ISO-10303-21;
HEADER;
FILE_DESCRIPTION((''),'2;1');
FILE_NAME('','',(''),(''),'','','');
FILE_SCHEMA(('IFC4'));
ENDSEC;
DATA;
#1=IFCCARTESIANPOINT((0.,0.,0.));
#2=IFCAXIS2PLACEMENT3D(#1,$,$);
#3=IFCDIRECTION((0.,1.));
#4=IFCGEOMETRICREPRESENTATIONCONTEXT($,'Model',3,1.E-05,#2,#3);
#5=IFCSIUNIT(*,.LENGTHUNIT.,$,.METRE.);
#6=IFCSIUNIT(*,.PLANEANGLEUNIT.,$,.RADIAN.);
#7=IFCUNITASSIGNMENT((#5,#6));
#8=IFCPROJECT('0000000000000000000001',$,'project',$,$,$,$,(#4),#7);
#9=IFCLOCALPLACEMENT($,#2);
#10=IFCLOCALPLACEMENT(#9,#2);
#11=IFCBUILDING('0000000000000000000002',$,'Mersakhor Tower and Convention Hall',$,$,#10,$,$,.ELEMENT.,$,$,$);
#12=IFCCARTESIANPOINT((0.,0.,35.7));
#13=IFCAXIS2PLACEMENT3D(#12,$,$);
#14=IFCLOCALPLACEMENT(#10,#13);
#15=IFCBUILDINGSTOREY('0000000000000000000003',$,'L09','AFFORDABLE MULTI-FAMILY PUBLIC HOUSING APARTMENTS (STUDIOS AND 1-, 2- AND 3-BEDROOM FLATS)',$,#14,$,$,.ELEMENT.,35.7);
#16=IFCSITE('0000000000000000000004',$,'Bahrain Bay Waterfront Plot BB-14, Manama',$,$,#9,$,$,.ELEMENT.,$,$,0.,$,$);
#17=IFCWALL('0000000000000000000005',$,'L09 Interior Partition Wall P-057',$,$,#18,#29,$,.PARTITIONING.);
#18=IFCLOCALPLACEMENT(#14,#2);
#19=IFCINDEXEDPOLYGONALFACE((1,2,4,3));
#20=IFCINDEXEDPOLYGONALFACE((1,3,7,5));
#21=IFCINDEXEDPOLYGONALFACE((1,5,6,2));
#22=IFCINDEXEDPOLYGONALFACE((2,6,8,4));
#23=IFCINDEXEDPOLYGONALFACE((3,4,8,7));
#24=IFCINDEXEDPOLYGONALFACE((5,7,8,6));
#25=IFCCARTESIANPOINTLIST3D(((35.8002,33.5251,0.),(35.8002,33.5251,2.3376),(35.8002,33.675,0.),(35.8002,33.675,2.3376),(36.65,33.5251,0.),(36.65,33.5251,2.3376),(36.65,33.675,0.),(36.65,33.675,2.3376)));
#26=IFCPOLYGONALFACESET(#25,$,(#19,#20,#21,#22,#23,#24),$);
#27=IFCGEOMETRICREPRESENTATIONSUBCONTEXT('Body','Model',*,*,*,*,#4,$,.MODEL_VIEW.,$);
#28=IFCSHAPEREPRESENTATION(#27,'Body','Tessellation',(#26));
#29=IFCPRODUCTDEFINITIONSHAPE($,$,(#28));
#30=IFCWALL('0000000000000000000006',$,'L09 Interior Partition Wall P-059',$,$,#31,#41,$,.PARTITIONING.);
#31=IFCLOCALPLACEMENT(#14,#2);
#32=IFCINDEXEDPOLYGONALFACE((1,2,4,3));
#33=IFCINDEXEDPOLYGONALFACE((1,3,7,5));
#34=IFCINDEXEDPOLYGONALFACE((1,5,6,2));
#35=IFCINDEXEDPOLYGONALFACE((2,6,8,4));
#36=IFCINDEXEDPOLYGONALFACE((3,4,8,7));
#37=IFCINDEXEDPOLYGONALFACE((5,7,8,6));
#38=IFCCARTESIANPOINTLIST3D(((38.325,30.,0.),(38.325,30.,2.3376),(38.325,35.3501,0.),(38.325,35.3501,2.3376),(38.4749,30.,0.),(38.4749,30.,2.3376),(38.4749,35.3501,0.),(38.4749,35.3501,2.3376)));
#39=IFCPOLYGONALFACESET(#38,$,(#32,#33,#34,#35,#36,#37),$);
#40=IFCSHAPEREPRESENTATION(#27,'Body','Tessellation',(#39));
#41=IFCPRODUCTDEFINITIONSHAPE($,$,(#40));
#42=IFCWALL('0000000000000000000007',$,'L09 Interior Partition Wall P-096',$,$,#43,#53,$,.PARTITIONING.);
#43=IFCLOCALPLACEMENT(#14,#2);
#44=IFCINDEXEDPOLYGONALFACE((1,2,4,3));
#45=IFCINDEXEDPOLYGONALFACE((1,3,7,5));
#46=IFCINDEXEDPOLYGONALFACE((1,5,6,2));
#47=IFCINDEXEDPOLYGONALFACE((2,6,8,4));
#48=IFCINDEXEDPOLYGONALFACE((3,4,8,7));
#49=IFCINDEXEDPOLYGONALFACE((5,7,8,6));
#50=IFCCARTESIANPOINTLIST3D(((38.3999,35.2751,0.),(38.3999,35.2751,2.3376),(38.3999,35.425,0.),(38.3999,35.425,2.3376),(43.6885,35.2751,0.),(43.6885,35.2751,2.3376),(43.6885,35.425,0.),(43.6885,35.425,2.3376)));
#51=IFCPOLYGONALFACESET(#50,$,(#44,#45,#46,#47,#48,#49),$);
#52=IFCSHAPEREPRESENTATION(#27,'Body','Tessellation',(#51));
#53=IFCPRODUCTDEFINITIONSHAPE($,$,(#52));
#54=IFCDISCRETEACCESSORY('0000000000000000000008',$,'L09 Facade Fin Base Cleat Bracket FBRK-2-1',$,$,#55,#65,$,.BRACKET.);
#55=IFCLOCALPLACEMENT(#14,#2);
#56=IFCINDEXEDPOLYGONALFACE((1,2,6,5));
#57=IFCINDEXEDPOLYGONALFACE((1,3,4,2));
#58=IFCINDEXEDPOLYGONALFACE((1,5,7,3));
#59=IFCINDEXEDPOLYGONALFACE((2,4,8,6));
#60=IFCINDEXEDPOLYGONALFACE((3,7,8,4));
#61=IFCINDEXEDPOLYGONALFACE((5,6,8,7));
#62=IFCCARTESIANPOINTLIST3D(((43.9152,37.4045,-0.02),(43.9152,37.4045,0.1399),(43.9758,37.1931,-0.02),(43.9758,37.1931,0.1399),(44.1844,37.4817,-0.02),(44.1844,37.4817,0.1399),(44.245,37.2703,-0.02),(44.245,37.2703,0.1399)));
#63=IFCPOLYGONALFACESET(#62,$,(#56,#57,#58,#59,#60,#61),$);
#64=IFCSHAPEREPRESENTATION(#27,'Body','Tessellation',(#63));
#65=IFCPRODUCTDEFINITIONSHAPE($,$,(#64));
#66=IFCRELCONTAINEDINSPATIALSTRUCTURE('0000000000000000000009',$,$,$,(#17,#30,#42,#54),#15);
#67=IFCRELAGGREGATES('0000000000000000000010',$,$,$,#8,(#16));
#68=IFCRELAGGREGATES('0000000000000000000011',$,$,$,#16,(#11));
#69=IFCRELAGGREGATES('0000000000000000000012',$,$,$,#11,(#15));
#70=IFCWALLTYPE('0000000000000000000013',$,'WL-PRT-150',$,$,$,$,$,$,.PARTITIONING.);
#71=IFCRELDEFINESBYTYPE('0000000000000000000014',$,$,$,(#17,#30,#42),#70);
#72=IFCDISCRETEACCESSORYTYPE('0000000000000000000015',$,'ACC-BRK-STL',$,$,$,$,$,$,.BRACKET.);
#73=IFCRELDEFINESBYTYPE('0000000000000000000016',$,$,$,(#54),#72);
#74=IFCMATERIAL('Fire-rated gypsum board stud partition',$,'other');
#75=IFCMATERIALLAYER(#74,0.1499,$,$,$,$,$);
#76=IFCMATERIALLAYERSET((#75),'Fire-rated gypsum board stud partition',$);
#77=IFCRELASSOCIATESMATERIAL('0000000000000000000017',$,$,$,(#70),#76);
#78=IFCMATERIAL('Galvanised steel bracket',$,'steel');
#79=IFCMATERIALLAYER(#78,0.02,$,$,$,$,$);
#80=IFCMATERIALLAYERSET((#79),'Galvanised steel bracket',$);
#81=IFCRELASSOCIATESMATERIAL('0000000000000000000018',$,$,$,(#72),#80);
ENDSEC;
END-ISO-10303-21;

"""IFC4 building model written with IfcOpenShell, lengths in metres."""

from ifc_helpers import new_model, si_unit, direction, frame, frame_2d, origin, origin_2d, place, context, subcontext, project, spatial, rectangle, extrude, material, layer, layer_set, type_object, element, save


model = new_model("IFC4")

# Units and contexts
model_context = context("Model", 3, precision=1e-05, world=origin(), true_north=direction((0.0, 1.0)))
body_context = subcontext(model_context, "Body", "Model", "MODEL_VIEW")
ifc_project = project(units=[si_unit("LENGTHUNIT", "METRE"), si_unit("PLANEANGLEUNIT", "RADIAN")], contexts=[model_context])

# Site, building, storey
site_placement = place(None, origin())
site = spatial("IfcSite", under=ifc_project, at=site_placement, Name="Bahrain Bay Waterfront Plot BB-14, Manama", CompositionType="ELEMENT", RefElevation=0.0)
building_placement = place(site_placement, origin())
building = spatial("IfcBuilding", under=site, at=building_placement, Name="Mersakhor Tower and Convention Hall", CompositionType="ELEMENT")
storey_placement = place(building_placement, frame((0.0, 0.0, 35.7)))
storey = spatial("IfcBuildingStorey", under=building, at=storey_placement, Name="L09", Description="AFFORDABLE MULTI-FAMILY PUBLIC HOUSING APARTMENTS (STUDIOS AND 1-, 2- AND 3-BEDROOM FLATS)", CompositionType="ELEMENT", Elevation=35.7)

# Walls
ifc_material_1 = material(Name="Fire-rated gypsum board stud partition", Category="other")
ifc_layer_1 = layer(ifc_material_1, 0.1499)
ifc_layer_set_1 = layer_set([ifc_layer_1], Name="Fire-rated gypsum board stud partition")
wall_type_1 = type_object("IfcWallType", Name="WL-PRT-150", PredefinedType="PARTITIONING", material=ifc_layer_set_1)
wall_1_placement = place(storey_placement, frame((36.6499, 33.6001, 0.0), z_axis=(0.0, 0.0, 1.0), x_axis=(-1.0, 0.0, 0.0)))
element("IfcWall", 1, at=wall_1_placement, inside=storey, type_object=wall_type_1, Name="L09 Interior Partition Wall P-057", PredefinedType="PARTITIONING", context=body_context, shape_type="SweptSolid", body=[
    extrude(rectangle(XDim=0.8499, YDim=0.1499, at=frame_2d((0.4248, 0.0))), origin(), (0.0, 0.0, 1.0), 2.3376),
])
wall_2_placement = place(storey_placement, frame((38.3999, 35.3501, 0.0), z_axis=(0.0, 0.0, 1.0), x_axis=(0.0, -1.0, 0.0)))
element("IfcWall", 2, at=wall_2_placement, inside=storey, type_object=wall_type_1, Name="L09 Interior Partition Wall P-059", PredefinedType="PARTITIONING", context=body_context, shape_type="SweptSolid", body=[
    extrude(rectangle(XDim=5.3501, YDim=0.1499, at=frame_2d((2.675, 0.0))), origin(), (0.0, 0.0, 1.0), 2.3376),
])
wall_3_placement = place(storey_placement, frame((43.6885, 35.3501, 0.0), z_axis=(0.0, 0.0, 1.0), x_axis=(-1.0, 0.0, 0.0)))
element("IfcWall", 3, at=wall_3_placement, inside=storey, type_object=wall_type_1, Name="L09 Interior Partition Wall P-096", PredefinedType="PARTITIONING", context=body_context, shape_type="SweptSolid", body=[
    extrude(rectangle(XDim=5.2886, YDim=0.1499, at=frame_2d((2.6443, 0.0))), origin(), (0.0, 0.0, 1.0), 2.3376),
])

# Discrete accessory
ifc_material_2 = material(Name="Galvanised steel bracket", Category="steel")
ifc_layer_2 = layer(ifc_material_2, 0.02)
ifc_layer_set_2 = layer_set([ifc_layer_2], Name="Galvanised steel bracket")
discrete_accessory_type = type_object("IfcDiscreteAccessoryType", Name="ACC-BRK-STL", PredefinedType="BRACKET", material=ifc_layer_set_2)
discrete_accessory_placement = place(storey_placement, frame((44.0801, 37.3374, -0.02), z_axis=(0.0, 0.0, 1.0), x_axis=(0.961262, 0.275637, 0.0)))
element("IfcDiscreteAccessory", 4, at=discrete_accessory_placement, inside=storey, type_object=discrete_accessory_type, Name="L09 Facade Fin Base Cleat Bracket FBRK-2-1", PredefinedType="BRACKET", context=body_context, shape_type="SweptSolid", body=[
    extrude(rectangle(XDim=0.28, YDim=0.22, at=origin_2d()), origin(), (0.0, 0.0, 1.0), 0.1599),
])

save(model, "model.ifc")
